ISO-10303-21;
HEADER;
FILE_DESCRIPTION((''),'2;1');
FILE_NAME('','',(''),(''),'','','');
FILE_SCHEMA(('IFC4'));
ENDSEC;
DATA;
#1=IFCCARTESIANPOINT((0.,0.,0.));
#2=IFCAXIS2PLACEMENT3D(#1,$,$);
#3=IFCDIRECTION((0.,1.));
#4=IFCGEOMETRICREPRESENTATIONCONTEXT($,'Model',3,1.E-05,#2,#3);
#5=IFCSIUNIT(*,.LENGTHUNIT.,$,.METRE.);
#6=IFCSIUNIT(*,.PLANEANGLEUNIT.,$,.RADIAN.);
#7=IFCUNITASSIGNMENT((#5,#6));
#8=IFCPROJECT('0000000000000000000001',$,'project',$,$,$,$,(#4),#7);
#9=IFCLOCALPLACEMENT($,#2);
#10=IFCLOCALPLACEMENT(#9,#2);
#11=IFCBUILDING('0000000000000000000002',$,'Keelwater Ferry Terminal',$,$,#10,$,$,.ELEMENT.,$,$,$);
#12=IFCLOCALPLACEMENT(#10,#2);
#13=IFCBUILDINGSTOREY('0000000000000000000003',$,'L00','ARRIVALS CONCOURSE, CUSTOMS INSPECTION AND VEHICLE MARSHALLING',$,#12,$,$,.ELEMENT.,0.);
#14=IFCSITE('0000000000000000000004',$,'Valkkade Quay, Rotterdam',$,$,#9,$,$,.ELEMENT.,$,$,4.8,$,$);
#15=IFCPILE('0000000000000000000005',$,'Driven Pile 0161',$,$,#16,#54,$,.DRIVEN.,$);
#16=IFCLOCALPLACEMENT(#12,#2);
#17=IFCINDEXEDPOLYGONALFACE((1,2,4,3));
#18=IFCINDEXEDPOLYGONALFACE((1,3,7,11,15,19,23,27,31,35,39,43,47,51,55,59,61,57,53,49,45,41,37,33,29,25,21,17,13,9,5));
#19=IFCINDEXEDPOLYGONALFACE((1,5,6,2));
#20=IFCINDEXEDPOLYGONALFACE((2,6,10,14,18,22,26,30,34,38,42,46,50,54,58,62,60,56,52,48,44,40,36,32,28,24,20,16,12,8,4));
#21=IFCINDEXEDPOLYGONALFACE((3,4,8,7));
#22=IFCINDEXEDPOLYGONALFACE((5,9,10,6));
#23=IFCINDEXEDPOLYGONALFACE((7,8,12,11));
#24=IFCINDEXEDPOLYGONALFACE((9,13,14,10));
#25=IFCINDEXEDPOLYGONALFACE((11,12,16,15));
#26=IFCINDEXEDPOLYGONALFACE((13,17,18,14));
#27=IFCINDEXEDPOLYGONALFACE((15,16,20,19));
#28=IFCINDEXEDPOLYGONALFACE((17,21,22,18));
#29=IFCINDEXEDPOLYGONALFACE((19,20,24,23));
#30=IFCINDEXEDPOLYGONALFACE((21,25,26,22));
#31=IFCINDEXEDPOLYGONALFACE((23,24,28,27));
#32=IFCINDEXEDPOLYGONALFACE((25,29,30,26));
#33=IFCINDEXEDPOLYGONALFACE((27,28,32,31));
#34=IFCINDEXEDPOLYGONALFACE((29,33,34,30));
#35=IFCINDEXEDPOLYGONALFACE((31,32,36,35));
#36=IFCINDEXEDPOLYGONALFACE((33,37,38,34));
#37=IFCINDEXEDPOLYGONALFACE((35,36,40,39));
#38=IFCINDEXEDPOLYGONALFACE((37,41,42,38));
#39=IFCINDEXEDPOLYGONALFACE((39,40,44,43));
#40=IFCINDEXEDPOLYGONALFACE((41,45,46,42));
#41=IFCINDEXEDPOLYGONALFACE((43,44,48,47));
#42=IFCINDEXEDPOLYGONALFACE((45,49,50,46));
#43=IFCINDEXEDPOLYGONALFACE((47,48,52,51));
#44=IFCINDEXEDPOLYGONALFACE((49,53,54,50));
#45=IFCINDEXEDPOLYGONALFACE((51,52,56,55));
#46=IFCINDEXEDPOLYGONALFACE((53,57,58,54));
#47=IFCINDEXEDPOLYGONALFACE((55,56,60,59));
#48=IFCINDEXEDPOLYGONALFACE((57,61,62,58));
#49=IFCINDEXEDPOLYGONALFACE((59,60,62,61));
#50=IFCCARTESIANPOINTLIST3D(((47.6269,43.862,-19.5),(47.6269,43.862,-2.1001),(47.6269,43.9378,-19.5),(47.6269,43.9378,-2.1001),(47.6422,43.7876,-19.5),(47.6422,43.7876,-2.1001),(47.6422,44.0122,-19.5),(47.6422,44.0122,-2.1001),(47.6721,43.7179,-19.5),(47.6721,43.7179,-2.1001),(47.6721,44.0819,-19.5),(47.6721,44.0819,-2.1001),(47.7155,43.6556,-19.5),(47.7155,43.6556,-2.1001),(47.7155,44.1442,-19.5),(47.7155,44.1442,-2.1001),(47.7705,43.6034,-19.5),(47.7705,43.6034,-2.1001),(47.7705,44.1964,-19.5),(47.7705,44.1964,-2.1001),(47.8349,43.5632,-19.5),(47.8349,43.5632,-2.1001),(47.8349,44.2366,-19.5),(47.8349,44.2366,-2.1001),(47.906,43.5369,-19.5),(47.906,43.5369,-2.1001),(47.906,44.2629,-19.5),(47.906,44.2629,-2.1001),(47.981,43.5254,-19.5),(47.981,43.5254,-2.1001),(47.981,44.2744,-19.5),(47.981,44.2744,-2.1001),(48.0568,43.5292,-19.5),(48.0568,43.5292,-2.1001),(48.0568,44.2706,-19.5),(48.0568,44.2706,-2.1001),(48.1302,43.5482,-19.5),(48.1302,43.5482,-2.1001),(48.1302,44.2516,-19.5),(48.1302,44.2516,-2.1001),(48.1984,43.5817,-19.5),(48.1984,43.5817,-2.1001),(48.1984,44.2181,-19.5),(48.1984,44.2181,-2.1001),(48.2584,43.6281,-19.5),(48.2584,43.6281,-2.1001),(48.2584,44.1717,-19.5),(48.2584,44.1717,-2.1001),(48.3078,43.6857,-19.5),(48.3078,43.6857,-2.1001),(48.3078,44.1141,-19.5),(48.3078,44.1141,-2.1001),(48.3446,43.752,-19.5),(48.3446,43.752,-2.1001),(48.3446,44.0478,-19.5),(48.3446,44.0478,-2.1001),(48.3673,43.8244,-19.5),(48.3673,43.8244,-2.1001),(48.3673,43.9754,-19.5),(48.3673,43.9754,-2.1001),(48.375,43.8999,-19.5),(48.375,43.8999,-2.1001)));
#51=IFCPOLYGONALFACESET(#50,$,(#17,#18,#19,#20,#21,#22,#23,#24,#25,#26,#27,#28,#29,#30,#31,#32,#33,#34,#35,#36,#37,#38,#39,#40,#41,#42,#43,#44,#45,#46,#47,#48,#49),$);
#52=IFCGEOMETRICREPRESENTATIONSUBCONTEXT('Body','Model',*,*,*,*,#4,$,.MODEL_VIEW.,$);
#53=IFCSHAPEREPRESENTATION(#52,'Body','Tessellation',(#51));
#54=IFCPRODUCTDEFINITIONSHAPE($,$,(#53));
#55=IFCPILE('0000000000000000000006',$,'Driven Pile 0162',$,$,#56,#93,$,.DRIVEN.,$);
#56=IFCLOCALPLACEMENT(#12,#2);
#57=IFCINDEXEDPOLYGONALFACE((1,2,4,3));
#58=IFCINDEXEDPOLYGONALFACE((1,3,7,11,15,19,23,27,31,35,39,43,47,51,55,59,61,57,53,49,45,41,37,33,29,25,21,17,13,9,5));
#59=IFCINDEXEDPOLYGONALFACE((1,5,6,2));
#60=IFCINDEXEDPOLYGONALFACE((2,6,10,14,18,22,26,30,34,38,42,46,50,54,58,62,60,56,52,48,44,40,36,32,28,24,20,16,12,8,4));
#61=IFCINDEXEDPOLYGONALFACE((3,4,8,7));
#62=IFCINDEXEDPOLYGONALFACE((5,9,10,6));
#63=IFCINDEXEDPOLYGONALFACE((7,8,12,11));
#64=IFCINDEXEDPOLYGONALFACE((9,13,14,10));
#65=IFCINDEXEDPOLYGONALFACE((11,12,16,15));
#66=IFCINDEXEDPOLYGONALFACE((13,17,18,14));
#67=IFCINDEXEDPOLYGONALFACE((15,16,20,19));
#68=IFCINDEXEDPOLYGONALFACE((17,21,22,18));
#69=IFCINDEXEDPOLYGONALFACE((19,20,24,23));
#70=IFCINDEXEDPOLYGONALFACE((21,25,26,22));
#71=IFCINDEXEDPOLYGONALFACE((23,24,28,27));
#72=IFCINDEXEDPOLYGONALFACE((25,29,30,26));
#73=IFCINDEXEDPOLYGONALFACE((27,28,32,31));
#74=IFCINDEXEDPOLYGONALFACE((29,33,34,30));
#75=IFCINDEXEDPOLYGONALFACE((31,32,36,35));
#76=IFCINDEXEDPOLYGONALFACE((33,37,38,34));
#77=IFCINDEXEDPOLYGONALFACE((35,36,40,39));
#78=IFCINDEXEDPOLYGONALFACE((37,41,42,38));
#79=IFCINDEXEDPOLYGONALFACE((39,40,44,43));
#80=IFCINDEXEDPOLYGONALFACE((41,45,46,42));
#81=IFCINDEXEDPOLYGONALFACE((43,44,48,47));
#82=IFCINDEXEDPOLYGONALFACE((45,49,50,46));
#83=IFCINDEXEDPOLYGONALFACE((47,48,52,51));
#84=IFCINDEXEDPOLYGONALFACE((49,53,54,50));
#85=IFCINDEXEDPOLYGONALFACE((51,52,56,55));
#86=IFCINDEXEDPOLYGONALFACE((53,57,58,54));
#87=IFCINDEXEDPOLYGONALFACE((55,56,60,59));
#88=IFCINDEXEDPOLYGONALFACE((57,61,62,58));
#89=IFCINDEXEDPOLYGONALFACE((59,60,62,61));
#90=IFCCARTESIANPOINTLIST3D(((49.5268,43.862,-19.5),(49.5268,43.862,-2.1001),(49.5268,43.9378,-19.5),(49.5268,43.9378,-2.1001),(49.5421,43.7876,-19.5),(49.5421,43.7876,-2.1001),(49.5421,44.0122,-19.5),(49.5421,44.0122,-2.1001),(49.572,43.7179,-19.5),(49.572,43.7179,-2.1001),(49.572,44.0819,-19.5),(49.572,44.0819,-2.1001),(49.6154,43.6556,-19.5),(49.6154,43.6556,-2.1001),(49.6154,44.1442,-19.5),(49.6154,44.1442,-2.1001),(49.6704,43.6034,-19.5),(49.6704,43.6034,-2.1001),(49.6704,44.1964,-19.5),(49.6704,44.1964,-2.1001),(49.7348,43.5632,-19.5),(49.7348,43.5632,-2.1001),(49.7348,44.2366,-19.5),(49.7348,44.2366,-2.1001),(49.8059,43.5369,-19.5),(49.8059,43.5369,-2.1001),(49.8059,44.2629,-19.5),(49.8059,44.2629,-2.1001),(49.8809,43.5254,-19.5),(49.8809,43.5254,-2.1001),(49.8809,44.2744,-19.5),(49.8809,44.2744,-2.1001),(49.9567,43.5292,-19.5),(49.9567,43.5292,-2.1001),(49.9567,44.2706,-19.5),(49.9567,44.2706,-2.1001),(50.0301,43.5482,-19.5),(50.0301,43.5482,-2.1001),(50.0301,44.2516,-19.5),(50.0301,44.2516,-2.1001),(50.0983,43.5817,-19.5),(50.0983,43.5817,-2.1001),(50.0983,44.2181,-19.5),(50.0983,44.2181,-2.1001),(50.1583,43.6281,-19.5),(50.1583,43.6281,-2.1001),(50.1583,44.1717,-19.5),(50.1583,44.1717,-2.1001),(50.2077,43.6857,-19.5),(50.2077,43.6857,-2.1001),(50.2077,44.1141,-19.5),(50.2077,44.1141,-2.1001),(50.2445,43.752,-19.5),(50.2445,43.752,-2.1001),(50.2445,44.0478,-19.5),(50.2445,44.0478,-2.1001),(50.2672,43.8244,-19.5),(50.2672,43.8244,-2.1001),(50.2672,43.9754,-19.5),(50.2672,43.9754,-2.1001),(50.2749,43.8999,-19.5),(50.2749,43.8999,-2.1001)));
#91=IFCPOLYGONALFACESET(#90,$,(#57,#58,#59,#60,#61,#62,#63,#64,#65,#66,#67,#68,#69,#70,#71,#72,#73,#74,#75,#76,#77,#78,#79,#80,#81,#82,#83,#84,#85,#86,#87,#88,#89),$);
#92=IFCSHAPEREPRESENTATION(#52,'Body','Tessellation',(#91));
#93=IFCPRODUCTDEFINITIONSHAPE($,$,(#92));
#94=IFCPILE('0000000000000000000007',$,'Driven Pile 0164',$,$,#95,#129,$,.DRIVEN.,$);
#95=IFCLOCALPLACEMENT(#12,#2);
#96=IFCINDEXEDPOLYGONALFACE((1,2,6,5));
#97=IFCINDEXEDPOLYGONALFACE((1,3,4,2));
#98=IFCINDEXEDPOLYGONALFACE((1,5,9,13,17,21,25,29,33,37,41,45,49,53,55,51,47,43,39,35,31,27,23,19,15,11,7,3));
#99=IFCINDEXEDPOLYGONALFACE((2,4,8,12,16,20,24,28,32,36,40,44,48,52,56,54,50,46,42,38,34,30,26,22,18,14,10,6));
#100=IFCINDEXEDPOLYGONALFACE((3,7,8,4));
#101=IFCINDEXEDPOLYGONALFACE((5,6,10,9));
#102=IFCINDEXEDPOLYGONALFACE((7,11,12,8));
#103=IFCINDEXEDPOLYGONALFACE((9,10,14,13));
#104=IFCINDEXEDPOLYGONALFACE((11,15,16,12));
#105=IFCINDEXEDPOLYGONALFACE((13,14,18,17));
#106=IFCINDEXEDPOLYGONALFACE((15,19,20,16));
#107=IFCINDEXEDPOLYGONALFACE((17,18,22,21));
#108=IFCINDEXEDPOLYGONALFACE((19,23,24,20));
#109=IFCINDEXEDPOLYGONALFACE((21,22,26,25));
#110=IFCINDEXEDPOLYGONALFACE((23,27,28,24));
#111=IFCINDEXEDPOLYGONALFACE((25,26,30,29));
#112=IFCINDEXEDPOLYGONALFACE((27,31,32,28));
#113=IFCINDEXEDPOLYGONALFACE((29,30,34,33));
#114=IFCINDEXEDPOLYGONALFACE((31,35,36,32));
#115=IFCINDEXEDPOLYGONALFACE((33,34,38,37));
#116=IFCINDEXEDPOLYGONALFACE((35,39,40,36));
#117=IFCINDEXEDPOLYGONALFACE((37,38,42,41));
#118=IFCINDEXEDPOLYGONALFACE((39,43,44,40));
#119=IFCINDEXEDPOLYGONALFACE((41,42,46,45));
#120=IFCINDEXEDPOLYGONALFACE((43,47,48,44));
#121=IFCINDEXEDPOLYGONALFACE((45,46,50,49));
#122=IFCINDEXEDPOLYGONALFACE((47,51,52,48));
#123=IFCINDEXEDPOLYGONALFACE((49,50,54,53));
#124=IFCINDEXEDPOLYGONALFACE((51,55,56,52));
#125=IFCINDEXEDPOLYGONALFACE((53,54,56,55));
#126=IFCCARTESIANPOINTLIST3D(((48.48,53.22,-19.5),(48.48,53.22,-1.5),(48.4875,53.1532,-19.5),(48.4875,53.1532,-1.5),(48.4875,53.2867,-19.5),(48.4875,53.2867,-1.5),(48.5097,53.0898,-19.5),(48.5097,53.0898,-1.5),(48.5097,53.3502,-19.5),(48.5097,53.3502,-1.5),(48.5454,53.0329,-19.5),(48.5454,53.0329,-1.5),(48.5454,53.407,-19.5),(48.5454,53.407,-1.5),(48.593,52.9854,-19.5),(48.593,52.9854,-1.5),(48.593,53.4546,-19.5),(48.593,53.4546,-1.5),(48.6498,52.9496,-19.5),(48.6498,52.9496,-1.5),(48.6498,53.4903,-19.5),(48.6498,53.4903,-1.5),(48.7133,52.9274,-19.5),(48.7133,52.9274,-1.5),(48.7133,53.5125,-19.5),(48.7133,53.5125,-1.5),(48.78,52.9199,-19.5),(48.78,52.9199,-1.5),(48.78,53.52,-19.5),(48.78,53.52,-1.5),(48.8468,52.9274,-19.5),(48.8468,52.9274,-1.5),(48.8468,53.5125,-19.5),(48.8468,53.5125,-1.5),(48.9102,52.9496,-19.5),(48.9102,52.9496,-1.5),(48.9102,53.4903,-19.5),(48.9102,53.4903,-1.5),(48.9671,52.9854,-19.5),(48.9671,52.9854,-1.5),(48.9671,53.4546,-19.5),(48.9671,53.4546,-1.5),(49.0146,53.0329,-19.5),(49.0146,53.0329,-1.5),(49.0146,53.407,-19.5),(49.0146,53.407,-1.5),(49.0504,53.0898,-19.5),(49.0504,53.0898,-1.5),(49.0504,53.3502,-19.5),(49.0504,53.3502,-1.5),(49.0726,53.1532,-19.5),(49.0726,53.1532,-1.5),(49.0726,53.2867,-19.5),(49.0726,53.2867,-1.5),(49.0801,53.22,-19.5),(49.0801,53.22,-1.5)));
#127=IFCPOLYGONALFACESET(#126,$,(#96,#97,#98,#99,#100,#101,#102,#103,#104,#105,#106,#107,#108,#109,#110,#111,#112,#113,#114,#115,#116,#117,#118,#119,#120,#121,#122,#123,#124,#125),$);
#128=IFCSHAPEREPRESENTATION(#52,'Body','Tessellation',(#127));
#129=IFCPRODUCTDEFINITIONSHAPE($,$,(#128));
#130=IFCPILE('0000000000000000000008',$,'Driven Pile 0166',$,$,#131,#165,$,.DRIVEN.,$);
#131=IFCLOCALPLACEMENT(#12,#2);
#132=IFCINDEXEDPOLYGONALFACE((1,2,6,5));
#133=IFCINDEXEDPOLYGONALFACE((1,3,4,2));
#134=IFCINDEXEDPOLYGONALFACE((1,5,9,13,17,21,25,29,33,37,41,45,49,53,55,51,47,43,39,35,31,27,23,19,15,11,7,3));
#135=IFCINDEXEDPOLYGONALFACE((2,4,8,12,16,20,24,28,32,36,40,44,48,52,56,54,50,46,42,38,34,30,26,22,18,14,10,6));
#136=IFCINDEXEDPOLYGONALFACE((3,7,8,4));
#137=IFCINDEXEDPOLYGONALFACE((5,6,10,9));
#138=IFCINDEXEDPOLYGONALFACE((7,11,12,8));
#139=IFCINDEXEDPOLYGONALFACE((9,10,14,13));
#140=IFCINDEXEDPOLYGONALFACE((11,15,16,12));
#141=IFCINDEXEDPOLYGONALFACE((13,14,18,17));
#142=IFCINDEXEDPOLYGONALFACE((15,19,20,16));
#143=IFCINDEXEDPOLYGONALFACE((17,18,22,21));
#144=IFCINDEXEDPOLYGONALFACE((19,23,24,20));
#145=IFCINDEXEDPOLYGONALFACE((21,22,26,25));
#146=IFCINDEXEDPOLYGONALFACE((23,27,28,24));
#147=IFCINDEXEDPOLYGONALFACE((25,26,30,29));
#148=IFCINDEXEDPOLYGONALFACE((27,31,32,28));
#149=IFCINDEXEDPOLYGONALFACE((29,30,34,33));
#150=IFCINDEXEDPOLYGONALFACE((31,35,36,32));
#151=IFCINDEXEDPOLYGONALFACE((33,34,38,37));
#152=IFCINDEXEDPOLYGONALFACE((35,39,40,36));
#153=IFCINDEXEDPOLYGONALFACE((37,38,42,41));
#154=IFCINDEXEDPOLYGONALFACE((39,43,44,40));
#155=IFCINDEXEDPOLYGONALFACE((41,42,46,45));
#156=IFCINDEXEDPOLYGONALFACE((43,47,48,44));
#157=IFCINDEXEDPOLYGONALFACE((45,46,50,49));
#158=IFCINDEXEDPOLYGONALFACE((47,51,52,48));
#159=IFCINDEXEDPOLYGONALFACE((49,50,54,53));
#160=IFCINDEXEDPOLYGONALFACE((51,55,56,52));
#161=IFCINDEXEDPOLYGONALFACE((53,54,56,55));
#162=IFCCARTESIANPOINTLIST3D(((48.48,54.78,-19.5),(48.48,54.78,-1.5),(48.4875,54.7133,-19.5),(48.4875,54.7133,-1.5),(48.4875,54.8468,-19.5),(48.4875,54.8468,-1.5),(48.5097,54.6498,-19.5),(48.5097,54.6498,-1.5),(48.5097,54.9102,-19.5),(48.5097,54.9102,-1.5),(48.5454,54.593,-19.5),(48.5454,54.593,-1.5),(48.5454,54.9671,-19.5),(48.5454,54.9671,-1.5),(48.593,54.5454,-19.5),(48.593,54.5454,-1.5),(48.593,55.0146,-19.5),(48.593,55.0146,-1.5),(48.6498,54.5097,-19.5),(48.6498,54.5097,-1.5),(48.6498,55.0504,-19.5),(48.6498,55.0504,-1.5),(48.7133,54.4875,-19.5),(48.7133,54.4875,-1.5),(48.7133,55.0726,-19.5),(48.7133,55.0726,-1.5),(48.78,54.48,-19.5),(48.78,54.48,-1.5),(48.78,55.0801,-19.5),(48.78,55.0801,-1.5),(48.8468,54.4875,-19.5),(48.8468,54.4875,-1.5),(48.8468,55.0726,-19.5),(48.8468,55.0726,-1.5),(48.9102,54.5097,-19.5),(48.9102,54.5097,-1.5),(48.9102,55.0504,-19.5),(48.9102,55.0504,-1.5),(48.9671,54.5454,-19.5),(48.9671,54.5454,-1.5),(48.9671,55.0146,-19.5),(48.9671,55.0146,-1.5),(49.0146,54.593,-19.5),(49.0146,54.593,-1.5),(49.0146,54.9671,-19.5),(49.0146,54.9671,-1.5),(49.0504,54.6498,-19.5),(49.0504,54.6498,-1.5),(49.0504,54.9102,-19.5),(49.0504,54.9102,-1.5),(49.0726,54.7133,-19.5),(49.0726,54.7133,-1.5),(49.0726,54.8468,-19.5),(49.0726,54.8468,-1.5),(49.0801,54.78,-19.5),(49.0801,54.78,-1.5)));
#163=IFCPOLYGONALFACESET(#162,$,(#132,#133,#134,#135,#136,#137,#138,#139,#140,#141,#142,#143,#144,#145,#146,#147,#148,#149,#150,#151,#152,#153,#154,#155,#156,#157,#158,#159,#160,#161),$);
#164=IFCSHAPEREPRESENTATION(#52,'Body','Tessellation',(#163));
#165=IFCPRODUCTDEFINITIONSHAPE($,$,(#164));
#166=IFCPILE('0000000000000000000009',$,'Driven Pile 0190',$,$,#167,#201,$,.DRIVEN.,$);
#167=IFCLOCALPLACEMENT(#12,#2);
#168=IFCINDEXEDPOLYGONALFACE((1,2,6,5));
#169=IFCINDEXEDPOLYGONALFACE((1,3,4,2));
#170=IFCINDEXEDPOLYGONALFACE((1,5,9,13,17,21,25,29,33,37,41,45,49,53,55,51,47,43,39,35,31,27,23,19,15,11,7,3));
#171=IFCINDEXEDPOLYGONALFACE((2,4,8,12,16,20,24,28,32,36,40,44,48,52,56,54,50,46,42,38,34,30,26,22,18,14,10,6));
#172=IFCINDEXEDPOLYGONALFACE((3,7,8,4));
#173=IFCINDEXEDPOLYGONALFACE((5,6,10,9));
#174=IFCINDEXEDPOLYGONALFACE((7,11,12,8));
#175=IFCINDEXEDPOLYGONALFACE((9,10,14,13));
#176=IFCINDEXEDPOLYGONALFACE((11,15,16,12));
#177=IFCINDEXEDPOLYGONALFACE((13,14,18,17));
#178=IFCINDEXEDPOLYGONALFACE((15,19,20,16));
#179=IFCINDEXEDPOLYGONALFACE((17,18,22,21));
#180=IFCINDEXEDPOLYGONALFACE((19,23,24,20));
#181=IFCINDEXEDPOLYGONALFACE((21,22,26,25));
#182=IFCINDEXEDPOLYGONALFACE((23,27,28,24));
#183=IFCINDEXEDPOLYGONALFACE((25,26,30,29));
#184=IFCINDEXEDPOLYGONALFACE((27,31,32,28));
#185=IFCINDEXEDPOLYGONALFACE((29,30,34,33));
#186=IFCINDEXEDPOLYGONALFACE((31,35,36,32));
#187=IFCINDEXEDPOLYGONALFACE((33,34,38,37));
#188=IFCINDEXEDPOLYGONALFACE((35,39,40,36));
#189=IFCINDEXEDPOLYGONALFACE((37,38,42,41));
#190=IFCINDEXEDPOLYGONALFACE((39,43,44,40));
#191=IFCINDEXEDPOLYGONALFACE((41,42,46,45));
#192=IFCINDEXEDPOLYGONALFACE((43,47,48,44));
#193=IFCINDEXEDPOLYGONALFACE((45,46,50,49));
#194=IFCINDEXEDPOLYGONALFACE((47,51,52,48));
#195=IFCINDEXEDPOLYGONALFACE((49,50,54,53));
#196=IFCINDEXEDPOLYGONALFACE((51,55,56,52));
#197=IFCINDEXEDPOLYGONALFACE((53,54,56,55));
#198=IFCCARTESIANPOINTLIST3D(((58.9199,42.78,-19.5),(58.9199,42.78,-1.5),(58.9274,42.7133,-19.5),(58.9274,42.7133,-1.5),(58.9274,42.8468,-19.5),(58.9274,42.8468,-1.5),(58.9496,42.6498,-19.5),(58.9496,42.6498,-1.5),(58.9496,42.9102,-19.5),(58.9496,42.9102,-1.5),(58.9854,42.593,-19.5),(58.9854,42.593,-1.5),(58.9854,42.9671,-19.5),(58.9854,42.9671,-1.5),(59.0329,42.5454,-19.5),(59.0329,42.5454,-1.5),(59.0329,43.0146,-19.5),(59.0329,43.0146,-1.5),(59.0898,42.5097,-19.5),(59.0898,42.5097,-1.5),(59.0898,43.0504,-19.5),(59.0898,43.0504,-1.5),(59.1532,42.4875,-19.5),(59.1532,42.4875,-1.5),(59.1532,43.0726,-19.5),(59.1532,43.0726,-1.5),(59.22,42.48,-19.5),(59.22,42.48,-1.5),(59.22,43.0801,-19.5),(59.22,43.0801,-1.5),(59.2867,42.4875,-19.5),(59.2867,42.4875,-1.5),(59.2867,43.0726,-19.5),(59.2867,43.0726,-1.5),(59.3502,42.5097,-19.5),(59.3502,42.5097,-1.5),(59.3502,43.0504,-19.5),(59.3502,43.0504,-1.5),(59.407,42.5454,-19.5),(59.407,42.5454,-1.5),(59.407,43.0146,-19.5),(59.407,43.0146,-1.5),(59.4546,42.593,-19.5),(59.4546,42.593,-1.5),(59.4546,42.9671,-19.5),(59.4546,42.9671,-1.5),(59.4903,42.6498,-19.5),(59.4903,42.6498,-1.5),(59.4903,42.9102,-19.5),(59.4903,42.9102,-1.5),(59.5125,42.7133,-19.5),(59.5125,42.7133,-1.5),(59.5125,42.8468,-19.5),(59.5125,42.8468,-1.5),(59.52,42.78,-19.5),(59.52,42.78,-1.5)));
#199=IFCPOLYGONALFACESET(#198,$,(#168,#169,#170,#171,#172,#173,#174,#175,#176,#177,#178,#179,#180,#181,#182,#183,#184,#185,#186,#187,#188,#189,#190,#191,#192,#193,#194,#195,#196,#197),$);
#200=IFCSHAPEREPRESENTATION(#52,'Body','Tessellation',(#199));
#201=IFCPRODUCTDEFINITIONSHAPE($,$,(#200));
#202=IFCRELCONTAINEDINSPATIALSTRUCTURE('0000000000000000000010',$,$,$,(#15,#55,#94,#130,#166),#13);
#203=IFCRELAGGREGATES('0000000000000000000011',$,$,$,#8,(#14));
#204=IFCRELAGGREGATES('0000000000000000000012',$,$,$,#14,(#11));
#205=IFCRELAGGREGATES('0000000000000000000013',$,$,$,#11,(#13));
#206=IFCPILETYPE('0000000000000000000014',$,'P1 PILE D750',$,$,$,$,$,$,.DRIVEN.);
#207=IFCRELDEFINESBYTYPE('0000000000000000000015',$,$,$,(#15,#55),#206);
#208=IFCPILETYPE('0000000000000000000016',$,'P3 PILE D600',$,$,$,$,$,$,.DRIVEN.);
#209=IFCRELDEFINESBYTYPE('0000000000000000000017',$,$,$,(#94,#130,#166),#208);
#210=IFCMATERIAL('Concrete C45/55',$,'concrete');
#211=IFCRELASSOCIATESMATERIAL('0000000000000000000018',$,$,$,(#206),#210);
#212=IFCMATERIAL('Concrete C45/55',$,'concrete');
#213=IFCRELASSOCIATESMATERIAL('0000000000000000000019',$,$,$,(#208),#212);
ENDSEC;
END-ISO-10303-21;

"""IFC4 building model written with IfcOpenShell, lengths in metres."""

from ifc_helpers import new_model, si_unit, direction, frame, origin, origin_2d, place, context, subcontext, project, spatial, circle, extrude, material, material_profile, profile_set, type_object, element, save


model = new_model("IFC4")

# Units and contexts
model_context = context("Model", 3, precision=1e-05, world=origin(), true_north=direction((0.0, 1.0)))
body_context = subcontext(model_context, "Body", "Model", "MODEL_VIEW")
ifc_project = project(units=[si_unit("LENGTHUNIT", "METRE"), si_unit("PLANEANGLEUNIT", "RADIAN")], contexts=[model_context])

# Site, building, storey
site_placement = place(None, origin())
site = spatial("IfcSite", under=ifc_project, at=site_placement, Name="Valkkade Quay, Rotterdam", CompositionType="ELEMENT", RefElevation=4.8)
building_placement = place(site_placement, origin())
building = spatial("IfcBuilding", under=site, at=building_placement, Name="Keelwater Ferry Terminal", CompositionType="ELEMENT")
storey_placement = place(building_placement, origin())
storey = spatial("IfcBuildingStorey", under=building, at=storey_placement, Name="L00", Description="ARRIVALS CONCOURSE, CUSTOMS INSPECTION AND VEHICLE MARSHALLING", CompositionType="ELEMENT", Elevation=0.0)

# Piles
ifc_material_1 = material(Name="Concrete C45/55", Category="concrete")
ifc_material_profile_1 = material_profile(ifc_material_1, circle(Radius=0.375, at=origin_2d()), Name="PILE D750")
ifc_profile_set_1 = profile_set([ifc_material_profile_1], Name="Concrete C45/55")
pile_type_1 = type_object("IfcPileType", Name="P1 PILE D750", PredefinedType="DRIVEN", material=ifc_profile_set_1)
for number, where, z_axis, x_axis, name in (
    (1, (48.0, 43.8999, -2.1001), (0.0, 0.0, -1.0), (1.0, 0.0, 0.0), "Driven Pile 0161"),
    (2, (49.8999, 43.8999, -2.1001), (0.0, 0.0, -1.0), (1.0, 0.0, 0.0), "Driven Pile 0162"),
):
    element("IfcPile", number, at=place(storey_placement, frame(where, z_axis=z_axis, x_axis=x_axis)), inside=storey, type_object=pile_type_1, Name=name, PredefinedType="DRIVEN", context=body_context, shape_type="SweptSolid", body=[
        extrude(circle(Radius=0.375, at=origin_2d()), origin(), (0.0, 0.0, 1.0), 17.3999),
    ])
ifc_material_2 = material(Name="Concrete C45/55", Category="concrete")
ifc_material_profile_2 = material_profile(ifc_material_2, circle(Radius=0.3, at=origin_2d()), Name="PILE D600")
ifc_profile_set_2 = profile_set([ifc_material_profile_2], Name="Concrete C45/55")
pile_type_2 = type_object("IfcPileType", Name="P3 PILE D600", PredefinedType="DRIVEN", material=ifc_profile_set_2)
for number, where, z_axis, x_axis, name in (
    (3, (48.78, 53.22, -1.5), (0.0, 0.0, -1.0), (1.0, 0.0, 0.0), "Driven Pile 0164"),
    (4, (48.78, 54.78, -1.5), (0.0, 0.0, -1.0), (1.0, 0.0, 0.0), "Driven Pile 0166"),
    (5, (59.22, 42.78, -1.5), (0.0, 0.0, -1.0), (1.0, 0.0, 0.0), "Driven Pile 0190"),
):
    element("IfcPile", number, at=place(storey_placement, frame(where, z_axis=z_axis, x_axis=x_axis)), inside=storey, type_object=pile_type_2, Name=name, PredefinedType="DRIVEN", context=body_context, shape_type="SweptSolid", body=[
        extrude(circle(Radius=0.3, at=origin_2d()), origin(), (0.0, 0.0, 1.0), 18.0),
    ])

save(model, "model.ifc")
